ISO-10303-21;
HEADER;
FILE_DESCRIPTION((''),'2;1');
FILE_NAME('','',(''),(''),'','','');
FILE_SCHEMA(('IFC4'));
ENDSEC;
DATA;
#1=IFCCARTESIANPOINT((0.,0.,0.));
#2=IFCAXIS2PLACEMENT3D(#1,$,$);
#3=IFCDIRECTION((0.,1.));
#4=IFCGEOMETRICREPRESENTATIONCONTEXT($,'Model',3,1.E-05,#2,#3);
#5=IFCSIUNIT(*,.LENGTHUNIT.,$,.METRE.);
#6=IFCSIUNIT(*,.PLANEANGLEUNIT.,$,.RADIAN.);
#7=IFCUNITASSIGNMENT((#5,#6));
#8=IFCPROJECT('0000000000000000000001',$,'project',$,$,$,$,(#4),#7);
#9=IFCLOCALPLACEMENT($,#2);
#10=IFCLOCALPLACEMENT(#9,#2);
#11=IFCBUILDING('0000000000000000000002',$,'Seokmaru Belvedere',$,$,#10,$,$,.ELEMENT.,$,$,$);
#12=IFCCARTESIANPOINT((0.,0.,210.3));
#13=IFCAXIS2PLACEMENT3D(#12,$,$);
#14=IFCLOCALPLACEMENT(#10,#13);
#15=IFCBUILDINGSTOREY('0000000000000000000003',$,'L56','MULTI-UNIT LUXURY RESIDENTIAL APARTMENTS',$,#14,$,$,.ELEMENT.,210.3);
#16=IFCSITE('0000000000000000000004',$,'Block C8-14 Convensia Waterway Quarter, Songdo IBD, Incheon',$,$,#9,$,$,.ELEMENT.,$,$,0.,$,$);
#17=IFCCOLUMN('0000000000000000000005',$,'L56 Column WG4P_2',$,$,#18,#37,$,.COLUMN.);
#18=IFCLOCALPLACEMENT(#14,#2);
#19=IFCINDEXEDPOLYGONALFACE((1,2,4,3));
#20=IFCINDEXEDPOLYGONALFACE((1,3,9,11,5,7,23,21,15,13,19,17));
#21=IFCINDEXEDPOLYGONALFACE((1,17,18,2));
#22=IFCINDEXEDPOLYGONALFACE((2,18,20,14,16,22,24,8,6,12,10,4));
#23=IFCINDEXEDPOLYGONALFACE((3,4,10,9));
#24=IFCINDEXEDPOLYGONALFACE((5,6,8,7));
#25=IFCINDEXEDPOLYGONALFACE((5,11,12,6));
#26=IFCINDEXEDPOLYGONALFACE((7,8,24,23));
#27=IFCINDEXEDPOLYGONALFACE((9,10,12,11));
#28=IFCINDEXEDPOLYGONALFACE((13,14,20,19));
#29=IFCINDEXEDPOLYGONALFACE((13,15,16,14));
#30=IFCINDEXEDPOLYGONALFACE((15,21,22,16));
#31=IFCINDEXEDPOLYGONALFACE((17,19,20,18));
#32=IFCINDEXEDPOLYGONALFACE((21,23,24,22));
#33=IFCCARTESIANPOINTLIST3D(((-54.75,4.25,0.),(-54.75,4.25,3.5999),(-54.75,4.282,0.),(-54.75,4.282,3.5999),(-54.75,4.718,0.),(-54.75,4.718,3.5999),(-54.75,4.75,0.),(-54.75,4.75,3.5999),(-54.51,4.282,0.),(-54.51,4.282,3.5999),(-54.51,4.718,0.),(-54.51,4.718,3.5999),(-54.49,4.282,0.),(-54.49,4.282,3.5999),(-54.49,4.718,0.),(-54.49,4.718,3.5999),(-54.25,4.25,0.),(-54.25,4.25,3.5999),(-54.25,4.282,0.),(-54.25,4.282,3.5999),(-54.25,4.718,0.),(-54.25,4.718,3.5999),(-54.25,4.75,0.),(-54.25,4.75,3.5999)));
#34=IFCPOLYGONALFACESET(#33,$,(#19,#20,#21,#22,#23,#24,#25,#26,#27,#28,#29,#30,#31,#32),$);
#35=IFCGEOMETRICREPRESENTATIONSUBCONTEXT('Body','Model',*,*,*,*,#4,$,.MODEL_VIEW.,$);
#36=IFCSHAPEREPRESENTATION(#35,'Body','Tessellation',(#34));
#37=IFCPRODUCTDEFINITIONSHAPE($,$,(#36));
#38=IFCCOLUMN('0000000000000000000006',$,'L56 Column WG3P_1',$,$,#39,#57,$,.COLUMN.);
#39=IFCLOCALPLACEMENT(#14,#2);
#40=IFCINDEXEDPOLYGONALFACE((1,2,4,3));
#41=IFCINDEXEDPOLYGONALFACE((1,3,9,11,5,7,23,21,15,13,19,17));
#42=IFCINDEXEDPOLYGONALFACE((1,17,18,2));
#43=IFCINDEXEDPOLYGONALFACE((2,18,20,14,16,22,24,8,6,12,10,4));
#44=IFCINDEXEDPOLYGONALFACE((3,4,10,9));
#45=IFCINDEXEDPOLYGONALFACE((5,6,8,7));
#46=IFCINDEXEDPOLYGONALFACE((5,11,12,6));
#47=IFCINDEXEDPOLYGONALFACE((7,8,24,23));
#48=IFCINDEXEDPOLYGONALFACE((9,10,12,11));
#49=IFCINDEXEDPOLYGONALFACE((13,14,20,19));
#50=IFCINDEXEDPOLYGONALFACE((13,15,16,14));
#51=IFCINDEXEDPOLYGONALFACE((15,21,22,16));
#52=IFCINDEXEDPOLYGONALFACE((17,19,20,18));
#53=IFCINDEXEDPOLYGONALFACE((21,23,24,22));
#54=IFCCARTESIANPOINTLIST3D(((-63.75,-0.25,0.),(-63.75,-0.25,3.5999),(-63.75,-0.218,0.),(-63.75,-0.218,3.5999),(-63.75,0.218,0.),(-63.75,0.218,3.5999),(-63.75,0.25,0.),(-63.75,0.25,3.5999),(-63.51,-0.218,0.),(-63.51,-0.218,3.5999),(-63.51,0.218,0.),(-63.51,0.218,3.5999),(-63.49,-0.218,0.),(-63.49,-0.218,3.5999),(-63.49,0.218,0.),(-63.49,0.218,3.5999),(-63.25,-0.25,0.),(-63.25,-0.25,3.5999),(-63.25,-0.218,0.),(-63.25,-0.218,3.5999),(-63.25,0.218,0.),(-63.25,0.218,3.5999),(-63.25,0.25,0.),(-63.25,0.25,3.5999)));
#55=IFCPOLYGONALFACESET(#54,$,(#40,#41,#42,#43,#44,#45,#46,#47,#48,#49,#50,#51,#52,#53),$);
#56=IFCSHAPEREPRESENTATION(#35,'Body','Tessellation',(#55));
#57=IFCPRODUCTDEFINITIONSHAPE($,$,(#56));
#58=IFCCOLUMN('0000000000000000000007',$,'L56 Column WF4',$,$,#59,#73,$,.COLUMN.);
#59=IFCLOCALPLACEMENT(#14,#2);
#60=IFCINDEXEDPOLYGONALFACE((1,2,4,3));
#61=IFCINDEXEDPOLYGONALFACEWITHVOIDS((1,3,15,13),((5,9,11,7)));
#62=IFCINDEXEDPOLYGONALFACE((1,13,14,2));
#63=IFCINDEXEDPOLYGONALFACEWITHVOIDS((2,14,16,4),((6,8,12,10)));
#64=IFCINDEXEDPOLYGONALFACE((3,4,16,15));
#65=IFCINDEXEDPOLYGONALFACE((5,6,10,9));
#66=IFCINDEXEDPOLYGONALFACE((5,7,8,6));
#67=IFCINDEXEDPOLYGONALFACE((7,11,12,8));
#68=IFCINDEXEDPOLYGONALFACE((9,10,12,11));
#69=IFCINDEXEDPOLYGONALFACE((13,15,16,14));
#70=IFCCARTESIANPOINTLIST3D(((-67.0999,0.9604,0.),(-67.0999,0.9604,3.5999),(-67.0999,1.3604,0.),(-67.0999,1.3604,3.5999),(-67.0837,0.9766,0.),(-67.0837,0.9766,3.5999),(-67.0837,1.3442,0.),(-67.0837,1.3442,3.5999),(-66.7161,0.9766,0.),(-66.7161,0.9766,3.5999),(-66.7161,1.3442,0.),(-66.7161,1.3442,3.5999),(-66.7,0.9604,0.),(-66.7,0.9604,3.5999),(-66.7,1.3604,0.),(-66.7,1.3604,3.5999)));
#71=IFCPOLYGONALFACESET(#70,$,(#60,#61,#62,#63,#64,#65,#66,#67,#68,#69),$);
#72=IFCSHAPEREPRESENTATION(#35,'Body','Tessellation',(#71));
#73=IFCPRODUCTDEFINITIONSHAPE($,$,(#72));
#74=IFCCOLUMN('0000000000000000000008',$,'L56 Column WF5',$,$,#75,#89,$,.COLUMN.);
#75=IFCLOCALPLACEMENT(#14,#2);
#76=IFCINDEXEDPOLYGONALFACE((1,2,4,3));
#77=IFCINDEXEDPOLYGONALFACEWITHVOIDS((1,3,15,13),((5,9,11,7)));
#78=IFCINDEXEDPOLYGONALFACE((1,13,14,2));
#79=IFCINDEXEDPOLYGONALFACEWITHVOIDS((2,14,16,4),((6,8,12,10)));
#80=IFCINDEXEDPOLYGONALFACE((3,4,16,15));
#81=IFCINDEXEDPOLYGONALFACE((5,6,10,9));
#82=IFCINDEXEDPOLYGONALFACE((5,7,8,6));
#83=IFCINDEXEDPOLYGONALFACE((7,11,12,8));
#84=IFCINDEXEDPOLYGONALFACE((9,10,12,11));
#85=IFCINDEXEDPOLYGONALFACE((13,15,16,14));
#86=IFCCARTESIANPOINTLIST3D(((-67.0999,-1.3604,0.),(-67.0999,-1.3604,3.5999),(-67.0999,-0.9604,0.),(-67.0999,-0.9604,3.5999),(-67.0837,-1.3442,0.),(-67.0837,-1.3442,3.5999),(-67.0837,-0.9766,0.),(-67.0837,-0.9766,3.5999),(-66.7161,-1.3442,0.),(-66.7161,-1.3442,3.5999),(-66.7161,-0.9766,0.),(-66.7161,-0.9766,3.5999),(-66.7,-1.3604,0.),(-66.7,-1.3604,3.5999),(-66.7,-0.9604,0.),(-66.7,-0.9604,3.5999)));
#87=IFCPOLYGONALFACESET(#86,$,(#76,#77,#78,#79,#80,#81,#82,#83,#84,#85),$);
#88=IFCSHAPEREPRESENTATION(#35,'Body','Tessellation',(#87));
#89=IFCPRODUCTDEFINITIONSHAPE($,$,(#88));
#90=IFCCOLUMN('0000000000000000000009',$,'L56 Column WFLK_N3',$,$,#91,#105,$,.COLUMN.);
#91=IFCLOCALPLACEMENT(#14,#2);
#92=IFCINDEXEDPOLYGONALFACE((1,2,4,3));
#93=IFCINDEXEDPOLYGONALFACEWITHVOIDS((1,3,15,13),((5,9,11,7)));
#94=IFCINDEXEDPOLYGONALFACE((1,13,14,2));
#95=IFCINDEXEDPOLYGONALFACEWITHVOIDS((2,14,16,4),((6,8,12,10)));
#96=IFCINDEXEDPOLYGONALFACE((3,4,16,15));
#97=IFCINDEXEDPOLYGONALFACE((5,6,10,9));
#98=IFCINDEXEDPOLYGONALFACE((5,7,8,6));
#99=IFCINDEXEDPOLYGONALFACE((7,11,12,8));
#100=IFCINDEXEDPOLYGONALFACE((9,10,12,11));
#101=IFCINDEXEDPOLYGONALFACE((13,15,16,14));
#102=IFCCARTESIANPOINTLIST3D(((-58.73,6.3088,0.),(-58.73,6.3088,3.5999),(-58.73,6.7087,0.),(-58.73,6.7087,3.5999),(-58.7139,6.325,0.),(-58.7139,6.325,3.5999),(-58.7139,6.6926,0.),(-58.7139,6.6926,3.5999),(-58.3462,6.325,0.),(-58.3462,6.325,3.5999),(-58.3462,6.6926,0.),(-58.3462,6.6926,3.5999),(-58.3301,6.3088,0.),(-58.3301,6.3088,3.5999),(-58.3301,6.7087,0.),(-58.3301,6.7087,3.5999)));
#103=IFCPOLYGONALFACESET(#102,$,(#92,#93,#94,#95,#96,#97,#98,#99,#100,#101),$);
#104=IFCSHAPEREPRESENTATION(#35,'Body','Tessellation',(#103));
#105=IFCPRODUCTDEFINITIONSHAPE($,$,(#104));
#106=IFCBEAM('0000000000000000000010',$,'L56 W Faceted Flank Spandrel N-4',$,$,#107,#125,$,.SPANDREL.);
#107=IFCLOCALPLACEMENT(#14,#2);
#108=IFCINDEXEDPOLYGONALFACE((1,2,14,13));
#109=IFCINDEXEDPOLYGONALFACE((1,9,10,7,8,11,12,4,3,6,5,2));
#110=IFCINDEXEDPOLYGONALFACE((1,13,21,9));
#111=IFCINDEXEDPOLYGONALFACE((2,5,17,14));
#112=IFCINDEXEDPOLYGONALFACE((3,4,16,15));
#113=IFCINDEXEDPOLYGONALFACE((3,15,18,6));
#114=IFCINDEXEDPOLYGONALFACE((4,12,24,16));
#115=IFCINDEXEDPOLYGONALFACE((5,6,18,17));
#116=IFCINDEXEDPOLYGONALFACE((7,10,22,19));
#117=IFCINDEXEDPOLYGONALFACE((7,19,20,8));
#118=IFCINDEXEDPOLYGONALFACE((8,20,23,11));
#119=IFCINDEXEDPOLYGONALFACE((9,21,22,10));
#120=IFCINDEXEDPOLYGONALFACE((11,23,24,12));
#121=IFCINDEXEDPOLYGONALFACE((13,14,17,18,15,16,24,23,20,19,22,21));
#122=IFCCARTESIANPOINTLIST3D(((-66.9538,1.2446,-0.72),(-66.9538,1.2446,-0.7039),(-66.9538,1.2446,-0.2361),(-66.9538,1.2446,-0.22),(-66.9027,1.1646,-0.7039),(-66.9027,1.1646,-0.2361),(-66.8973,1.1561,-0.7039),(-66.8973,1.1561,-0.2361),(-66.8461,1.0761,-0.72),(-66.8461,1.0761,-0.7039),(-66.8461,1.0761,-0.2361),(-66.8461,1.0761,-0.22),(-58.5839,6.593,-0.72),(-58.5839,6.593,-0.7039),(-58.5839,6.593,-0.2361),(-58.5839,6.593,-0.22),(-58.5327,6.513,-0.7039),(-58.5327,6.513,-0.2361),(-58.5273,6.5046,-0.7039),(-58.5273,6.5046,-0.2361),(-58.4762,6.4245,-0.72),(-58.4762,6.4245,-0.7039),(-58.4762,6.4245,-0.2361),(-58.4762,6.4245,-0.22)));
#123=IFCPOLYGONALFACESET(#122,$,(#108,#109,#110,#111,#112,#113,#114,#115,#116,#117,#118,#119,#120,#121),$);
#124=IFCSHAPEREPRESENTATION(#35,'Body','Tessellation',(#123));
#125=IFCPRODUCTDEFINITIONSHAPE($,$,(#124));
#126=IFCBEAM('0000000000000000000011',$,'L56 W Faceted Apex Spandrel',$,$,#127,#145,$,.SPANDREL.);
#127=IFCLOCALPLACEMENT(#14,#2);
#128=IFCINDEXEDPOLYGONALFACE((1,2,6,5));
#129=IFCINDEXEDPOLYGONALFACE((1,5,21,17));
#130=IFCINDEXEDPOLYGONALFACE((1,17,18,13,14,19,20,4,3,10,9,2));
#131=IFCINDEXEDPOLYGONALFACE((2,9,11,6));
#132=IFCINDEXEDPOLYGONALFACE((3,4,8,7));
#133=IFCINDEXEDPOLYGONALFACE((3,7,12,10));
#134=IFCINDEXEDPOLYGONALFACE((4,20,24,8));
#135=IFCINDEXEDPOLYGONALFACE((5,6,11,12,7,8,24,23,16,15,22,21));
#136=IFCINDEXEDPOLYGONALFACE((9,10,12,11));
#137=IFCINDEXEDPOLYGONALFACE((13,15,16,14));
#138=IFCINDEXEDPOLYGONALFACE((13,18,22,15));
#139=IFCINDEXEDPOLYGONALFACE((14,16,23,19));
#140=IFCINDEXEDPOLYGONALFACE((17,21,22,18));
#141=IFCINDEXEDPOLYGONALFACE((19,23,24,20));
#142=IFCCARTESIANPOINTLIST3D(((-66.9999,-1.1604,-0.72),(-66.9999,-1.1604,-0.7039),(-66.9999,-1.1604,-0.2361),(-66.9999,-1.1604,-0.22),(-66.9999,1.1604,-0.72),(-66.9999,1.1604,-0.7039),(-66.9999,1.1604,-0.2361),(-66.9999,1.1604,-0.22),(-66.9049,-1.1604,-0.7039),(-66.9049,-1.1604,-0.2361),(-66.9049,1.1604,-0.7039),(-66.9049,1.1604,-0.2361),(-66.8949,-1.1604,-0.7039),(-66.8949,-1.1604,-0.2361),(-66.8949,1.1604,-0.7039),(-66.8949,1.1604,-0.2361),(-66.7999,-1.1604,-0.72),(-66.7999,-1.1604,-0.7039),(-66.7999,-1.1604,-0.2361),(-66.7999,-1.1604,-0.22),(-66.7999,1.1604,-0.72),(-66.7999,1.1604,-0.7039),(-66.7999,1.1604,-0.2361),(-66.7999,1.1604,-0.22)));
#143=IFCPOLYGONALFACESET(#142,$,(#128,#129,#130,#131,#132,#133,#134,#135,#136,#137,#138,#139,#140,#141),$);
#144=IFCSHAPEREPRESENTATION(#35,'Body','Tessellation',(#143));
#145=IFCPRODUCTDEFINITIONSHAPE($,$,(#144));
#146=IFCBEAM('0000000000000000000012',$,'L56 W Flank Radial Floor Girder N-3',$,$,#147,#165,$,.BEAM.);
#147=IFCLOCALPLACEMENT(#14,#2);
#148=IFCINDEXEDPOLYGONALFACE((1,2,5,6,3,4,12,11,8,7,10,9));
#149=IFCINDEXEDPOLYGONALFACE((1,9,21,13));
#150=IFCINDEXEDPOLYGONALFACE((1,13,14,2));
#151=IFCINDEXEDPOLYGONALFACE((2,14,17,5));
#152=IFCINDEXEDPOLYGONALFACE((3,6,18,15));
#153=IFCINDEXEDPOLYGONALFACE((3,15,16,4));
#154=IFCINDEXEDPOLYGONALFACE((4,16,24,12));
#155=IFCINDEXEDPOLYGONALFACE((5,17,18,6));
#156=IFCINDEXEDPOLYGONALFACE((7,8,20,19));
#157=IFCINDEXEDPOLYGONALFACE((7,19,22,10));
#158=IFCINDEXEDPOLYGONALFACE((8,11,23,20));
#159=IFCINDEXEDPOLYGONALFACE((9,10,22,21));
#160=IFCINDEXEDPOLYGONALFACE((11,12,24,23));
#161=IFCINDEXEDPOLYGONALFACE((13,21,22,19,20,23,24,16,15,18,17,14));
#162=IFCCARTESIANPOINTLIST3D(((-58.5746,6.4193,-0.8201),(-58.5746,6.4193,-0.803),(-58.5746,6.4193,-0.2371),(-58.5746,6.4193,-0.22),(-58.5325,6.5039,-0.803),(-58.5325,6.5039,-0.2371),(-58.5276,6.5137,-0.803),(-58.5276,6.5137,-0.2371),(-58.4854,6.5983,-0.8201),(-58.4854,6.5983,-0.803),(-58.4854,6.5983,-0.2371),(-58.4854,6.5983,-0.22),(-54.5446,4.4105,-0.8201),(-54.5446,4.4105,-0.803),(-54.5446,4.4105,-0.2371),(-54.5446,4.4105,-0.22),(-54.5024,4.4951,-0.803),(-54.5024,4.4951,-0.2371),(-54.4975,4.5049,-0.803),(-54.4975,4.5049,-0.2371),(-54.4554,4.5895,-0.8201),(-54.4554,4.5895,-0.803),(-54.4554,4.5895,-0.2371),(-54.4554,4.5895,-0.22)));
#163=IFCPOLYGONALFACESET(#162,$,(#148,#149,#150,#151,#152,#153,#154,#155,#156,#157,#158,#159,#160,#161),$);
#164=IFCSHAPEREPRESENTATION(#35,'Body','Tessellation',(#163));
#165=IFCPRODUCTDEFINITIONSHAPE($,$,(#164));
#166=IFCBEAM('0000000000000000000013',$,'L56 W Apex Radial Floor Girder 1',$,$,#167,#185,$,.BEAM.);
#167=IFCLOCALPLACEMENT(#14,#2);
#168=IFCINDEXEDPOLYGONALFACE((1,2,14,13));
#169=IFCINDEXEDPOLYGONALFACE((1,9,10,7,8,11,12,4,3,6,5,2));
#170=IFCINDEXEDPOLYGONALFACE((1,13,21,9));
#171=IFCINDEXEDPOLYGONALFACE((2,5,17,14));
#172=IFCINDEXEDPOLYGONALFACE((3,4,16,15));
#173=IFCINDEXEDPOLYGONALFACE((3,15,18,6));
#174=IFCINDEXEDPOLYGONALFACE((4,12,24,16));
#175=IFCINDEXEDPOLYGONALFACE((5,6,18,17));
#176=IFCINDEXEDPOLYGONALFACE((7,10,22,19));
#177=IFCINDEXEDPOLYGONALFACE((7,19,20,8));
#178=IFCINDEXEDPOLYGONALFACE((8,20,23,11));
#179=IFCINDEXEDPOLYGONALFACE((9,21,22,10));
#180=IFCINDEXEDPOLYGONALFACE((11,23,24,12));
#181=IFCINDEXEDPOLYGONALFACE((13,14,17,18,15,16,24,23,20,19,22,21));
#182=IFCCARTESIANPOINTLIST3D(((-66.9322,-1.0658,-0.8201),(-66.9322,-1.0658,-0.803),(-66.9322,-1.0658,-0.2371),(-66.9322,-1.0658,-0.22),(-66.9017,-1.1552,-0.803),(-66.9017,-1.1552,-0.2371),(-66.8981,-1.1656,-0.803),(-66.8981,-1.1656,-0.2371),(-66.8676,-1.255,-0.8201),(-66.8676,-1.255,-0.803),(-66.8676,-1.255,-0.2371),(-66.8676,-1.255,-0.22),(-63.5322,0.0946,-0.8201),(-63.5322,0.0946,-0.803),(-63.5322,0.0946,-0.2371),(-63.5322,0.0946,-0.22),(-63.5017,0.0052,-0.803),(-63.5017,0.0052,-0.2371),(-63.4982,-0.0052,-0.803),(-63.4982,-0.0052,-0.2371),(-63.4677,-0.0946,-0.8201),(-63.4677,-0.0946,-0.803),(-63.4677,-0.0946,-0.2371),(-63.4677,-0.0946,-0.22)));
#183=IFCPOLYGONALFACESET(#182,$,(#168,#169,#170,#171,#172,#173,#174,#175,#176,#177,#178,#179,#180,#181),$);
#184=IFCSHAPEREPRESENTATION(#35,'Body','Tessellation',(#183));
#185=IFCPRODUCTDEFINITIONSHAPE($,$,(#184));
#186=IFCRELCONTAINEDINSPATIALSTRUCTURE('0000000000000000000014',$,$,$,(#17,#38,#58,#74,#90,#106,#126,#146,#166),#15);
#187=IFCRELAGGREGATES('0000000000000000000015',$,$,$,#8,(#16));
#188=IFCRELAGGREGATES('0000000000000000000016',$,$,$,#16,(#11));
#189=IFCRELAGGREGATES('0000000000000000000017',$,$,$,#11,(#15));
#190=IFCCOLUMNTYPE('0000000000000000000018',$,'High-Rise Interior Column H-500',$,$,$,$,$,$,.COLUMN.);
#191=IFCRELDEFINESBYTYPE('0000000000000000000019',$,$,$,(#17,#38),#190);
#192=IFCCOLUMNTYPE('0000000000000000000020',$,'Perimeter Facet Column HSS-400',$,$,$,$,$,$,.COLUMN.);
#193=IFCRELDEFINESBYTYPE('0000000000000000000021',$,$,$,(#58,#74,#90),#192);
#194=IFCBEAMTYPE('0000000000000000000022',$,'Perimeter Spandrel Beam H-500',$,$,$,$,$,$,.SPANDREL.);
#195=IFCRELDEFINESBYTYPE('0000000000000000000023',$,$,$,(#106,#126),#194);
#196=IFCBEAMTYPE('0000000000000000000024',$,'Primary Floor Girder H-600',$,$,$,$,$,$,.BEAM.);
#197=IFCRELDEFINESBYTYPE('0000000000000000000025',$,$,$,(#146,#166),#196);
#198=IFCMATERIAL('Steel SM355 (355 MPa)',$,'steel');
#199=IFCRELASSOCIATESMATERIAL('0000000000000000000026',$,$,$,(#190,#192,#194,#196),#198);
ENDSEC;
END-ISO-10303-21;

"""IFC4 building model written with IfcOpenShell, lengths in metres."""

from ifc_helpers import new_model, si_unit, direction, frame, origin, origin_2d, place, context, subcontext, project, spatial, hollow_rectangle, i_section, extrude, source, transform, mapped, material, material_profile, profile_set, type_object, type_shapes, element, save


model = new_model("IFC4")

# Units and contexts
model_context = context("Model", 3, precision=1e-05, world=origin(), true_north=direction((0.0, 1.0)))
body_context = subcontext(model_context, "Body", "Model", "MODEL_VIEW")
ifc_project = project(units=[si_unit("LENGTHUNIT", "METRE"), si_unit("PLANEANGLEUNIT", "RADIAN")], contexts=[model_context])

# Site, building, storey
site_placement = place(None, origin())
site = spatial("IfcSite", under=ifc_project, at=site_placement, Name="Block C8-14 Convensia Waterway Quarter, Songdo IBD, Incheon", CompositionType="ELEMENT", RefElevation=0.0)
building_placement = place(site_placement, origin())
building = spatial("IfcBuilding", under=site, at=building_placement, Name="Seokmaru Belvedere", CompositionType="ELEMENT")
storey_placement = place(building_placement, frame((0.0, 0.0, 210.3)))
storey = spatial("IfcBuildingStorey", under=building, at=storey_placement, Name="L56", Description="MULTI-UNIT LUXURY RESIDENTIAL APARTMENTS", CompositionType="ELEMENT", Elevation=210.3)

# Columns
ifc_material_1 = material(Name="Steel SM355 (355 MPa)", Category="steel")
ifc_material_profile_1 = material_profile(ifc_material_1, i_section(OverallWidth=0.5, OverallDepth=0.5, WebThickness=0.02, FlangeThickness=0.032, at=origin_2d()), Name="H-500x500x20x32")
ifc_profile_set_1 = profile_set([ifc_material_profile_1], Name="Steel SM355 (355 MPa)")
column_type_1 = type_object("IfcColumnType", Name="High-Rise Interior Column H-500", PredefinedType="COLUMN", material=ifc_profile_set_1)
shared_shape_1 = source(origin(), body_context, "Body", "SweptSolid", [
    extrude(i_section(OverallWidth=0.5, OverallDepth=0.5, WebThickness=0.02, FlangeThickness=0.032, at=origin_2d()), origin(), (0.0, 0.0, 1.0), 3.5999),
])
type_shapes(column_type_1, [shared_shape_1])
for number, where, z_axis, x_axis, name in (
    (1, (-54.5, 4.5, 0.0), (0.0, 0.0, 1.0), (1.0, 0.0, 0.0), "L56 Column WG4P_2"),
    (2, (-63.5, 0.0, 0.0), (0.0, 0.0, 1.0), (1.0, 0.0, 0.0), "L56 Column WG3P_1"),
):
    element("IfcColumn", number, at=place(storey_placement, frame(where, z_axis=z_axis, x_axis=x_axis)), inside=storey, type_object=column_type_1, Name=name, PredefinedType="COLUMN", context=body_context, shape_type="MappedRepresentation", body=[
        mapped(shared_shape_1, transform((0.0, 0.0, 0.0), scale=1.0)),
    ])
ifc_material_profile_2 = material_profile(ifc_material_1, hollow_rectangle(XDim=0.3999, YDim=0.3999, WallThickness=0.0161, at=origin_2d()), Name="HSS-400x400x16")
ifc_profile_set_2 = profile_set([ifc_material_profile_2], Name="Steel SM355 (355 MPa)")
column_type_2 = type_object("IfcColumnType", Name="Perimeter Facet Column HSS-400", PredefinedType="COLUMN", material=ifc_profile_set_2)
shared_shape_2 = source(origin(), body_context, "Body", "SweptSolid", [
    extrude(hollow_rectangle(XDim=0.3999, YDim=0.3999, WallThickness=0.0161, at=origin_2d()), origin(), (0.0, 0.0, 1.0), 3.5999),
])
type_shapes(column_type_2, [shared_shape_2])
for number, where, z_axis, x_axis, name in (
    (3, (-66.8999, 1.1604, 0.0), (0.0, 0.0, 1.0), (1.0, 0.0, 0.0), "L56 Column WF4"),
    (4, (-66.8999, -1.1604, 0.0), (0.0, 0.0, 1.0), (1.0, 0.0, 0.0), "L56 Column WF5"),
    (5, (-58.53, 6.5088, 0.0), (0.0, 0.0, 1.0), (1.0, 0.0, 0.0), "L56 Column WFLK_N3"),
):
    element("IfcColumn", number, at=place(storey_placement, frame(where, z_axis=z_axis, x_axis=x_axis)), inside=storey, type_object=column_type_2, Name=name, PredefinedType="COLUMN", context=body_context, shape_type="MappedRepresentation", body=[
        mapped(shared_shape_2, transform((0.0, 0.0, 0.0), scale=1.0)),
    ])

# Beams
ifc_material_profile_3 = material_profile(ifc_material_1, i_section(OverallWidth=0.2, OverallDepth=0.5, WebThickness=0.01, FlangeThickness=0.0161, at=origin_2d()), Name="H-500x200x10x16")
ifc_profile_set_3 = profile_set([ifc_material_profile_3], Name="Steel SM355 (355 MPa)")
beam_type_1 = type_object("IfcBeamType", Name="Perimeter Spandrel Beam H-500", PredefinedType="SPANDREL", material=ifc_profile_set_3)
shared_shape_3 = source(origin(), body_context, "Body", "SweptSolid", [
    extrude(i_section(OverallWidth=0.2, OverallDepth=0.5, WebThickness=0.01, FlangeThickness=0.0161, at=origin_2d()), origin(), (0.0, 0.0, 1.0), 9.9329),
])
beam_1_placement = place(storey_placement, frame((-58.53, 6.5088, -0.47), z_axis=(-0.842652, -0.538459, 0.0), x_axis=(0.538459, -0.842652, 0.0)))
element("IfcBeam", 6, at=beam_1_placement, inside=storey, type_object=beam_type_1, Name="L56 W Faceted Flank Spandrel N-4", PredefinedType="SPANDREL", context=body_context, shape_type="MappedRepresentation", body=[
    mapped(shared_shape_3, transform((0.0, 0.0, 0.0), scale=1.0)),
])
shared_shape_4 = source(origin(), body_context, "Body", "SweptSolid", [
    extrude(i_section(OverallWidth=0.2, OverallDepth=0.5, WebThickness=0.01, FlangeThickness=0.0161, at=origin_2d()), origin(), (0.0, 0.0, 1.0), 2.3208),
])
type_shapes(beam_type_1, [shared_shape_3, shared_shape_4])
beam_2_placement = place(storey_placement, frame((-66.8999, -1.1604, -0.47), z_axis=(0.0, 1.0, 0.0), x_axis=(-1.0, 0.0, 0.0)))
element("IfcBeam", 7, at=beam_2_placement, inside=storey, type_object=beam_type_1, Name="L56 W Faceted Apex Spandrel", PredefinedType="SPANDREL", context=body_context, shape_type="MappedRepresentation", body=[
    mapped(shared_shape_4, transform((0.0, 0.0, 0.0), scale=1.0)),
])
ifc_material_profile_4 = material_profile(ifc_material_1, i_section(OverallWidth=0.2, OverallDepth=0.6001, WebThickness=0.011, FlangeThickness=0.0171, at=origin_2d()), Name="H-600x200x11x17")
ifc_profile_set_4 = profile_set([ifc_material_profile_4], Name="Steel SM355 (355 MPa)")
beam_type_2 = type_object("IfcBeamType", Name="Primary Floor Girder H-600", PredefinedType="BEAM", material=ifc_profile_set_4)
shared_shape_5 = source(origin(), body_context, "Body", "SweptSolid", [
    extrude(i_section(OverallWidth=0.2, OverallDepth=0.6001, WebThickness=0.011, FlangeThickness=0.0171, at=origin_2d()), origin(), (0.0, 0.0, 1.0), 4.5029),
])
beam_3_placement = place(storey_placement, frame((-58.53, 6.5088, -0.52), z_axis=(0.89498, -0.446107, 0.0), x_axis=(0.446107, 0.89498, 0.0)))
element("IfcBeam", 8, at=beam_3_placement, inside=storey, type_object=beam_type_2, Name="L56 W Flank Radial Floor Girder N-3", PredefinedType="BEAM", context=body_context, shape_type="MappedRepresentation", body=[
    mapped(shared_shape_5, transform((0.0, 0.0, 0.0), scale=1.0)),
])
shared_shape_6 = source(origin(), body_context, "Body", "SweptSolid", [
    extrude(i_section(OverallWidth=0.2, OverallDepth=0.6001, WebThickness=0.011, FlangeThickness=0.0171, at=origin_2d()), origin(), (0.0, 0.0, 1.0), 3.5925),
])
type_shapes(beam_type_2, [shared_shape_5, shared_shape_6])
for number, where, z_axis, x_axis, name in (
    (9, (-66.8999, -1.1604, -0.52), (0.946396, 0.323009, 0.0), (-0.323009, 0.946396, 0.0), "L56 W Apex Radial Floor Girder 1"),
):
    element("IfcBeam", number, at=place(storey_placement, frame(where, z_axis=z_axis, x_axis=x_axis)), inside=storey, type_object=beam_type_2, Name=name, PredefinedType="BEAM", context=body_context, shape_type="MappedRepresentation", body=[
        mapped(shared_shape_6, transform((0.0, 0.0, 0.0), scale=1.0)),
    ])

save(model, "model.ifc")
